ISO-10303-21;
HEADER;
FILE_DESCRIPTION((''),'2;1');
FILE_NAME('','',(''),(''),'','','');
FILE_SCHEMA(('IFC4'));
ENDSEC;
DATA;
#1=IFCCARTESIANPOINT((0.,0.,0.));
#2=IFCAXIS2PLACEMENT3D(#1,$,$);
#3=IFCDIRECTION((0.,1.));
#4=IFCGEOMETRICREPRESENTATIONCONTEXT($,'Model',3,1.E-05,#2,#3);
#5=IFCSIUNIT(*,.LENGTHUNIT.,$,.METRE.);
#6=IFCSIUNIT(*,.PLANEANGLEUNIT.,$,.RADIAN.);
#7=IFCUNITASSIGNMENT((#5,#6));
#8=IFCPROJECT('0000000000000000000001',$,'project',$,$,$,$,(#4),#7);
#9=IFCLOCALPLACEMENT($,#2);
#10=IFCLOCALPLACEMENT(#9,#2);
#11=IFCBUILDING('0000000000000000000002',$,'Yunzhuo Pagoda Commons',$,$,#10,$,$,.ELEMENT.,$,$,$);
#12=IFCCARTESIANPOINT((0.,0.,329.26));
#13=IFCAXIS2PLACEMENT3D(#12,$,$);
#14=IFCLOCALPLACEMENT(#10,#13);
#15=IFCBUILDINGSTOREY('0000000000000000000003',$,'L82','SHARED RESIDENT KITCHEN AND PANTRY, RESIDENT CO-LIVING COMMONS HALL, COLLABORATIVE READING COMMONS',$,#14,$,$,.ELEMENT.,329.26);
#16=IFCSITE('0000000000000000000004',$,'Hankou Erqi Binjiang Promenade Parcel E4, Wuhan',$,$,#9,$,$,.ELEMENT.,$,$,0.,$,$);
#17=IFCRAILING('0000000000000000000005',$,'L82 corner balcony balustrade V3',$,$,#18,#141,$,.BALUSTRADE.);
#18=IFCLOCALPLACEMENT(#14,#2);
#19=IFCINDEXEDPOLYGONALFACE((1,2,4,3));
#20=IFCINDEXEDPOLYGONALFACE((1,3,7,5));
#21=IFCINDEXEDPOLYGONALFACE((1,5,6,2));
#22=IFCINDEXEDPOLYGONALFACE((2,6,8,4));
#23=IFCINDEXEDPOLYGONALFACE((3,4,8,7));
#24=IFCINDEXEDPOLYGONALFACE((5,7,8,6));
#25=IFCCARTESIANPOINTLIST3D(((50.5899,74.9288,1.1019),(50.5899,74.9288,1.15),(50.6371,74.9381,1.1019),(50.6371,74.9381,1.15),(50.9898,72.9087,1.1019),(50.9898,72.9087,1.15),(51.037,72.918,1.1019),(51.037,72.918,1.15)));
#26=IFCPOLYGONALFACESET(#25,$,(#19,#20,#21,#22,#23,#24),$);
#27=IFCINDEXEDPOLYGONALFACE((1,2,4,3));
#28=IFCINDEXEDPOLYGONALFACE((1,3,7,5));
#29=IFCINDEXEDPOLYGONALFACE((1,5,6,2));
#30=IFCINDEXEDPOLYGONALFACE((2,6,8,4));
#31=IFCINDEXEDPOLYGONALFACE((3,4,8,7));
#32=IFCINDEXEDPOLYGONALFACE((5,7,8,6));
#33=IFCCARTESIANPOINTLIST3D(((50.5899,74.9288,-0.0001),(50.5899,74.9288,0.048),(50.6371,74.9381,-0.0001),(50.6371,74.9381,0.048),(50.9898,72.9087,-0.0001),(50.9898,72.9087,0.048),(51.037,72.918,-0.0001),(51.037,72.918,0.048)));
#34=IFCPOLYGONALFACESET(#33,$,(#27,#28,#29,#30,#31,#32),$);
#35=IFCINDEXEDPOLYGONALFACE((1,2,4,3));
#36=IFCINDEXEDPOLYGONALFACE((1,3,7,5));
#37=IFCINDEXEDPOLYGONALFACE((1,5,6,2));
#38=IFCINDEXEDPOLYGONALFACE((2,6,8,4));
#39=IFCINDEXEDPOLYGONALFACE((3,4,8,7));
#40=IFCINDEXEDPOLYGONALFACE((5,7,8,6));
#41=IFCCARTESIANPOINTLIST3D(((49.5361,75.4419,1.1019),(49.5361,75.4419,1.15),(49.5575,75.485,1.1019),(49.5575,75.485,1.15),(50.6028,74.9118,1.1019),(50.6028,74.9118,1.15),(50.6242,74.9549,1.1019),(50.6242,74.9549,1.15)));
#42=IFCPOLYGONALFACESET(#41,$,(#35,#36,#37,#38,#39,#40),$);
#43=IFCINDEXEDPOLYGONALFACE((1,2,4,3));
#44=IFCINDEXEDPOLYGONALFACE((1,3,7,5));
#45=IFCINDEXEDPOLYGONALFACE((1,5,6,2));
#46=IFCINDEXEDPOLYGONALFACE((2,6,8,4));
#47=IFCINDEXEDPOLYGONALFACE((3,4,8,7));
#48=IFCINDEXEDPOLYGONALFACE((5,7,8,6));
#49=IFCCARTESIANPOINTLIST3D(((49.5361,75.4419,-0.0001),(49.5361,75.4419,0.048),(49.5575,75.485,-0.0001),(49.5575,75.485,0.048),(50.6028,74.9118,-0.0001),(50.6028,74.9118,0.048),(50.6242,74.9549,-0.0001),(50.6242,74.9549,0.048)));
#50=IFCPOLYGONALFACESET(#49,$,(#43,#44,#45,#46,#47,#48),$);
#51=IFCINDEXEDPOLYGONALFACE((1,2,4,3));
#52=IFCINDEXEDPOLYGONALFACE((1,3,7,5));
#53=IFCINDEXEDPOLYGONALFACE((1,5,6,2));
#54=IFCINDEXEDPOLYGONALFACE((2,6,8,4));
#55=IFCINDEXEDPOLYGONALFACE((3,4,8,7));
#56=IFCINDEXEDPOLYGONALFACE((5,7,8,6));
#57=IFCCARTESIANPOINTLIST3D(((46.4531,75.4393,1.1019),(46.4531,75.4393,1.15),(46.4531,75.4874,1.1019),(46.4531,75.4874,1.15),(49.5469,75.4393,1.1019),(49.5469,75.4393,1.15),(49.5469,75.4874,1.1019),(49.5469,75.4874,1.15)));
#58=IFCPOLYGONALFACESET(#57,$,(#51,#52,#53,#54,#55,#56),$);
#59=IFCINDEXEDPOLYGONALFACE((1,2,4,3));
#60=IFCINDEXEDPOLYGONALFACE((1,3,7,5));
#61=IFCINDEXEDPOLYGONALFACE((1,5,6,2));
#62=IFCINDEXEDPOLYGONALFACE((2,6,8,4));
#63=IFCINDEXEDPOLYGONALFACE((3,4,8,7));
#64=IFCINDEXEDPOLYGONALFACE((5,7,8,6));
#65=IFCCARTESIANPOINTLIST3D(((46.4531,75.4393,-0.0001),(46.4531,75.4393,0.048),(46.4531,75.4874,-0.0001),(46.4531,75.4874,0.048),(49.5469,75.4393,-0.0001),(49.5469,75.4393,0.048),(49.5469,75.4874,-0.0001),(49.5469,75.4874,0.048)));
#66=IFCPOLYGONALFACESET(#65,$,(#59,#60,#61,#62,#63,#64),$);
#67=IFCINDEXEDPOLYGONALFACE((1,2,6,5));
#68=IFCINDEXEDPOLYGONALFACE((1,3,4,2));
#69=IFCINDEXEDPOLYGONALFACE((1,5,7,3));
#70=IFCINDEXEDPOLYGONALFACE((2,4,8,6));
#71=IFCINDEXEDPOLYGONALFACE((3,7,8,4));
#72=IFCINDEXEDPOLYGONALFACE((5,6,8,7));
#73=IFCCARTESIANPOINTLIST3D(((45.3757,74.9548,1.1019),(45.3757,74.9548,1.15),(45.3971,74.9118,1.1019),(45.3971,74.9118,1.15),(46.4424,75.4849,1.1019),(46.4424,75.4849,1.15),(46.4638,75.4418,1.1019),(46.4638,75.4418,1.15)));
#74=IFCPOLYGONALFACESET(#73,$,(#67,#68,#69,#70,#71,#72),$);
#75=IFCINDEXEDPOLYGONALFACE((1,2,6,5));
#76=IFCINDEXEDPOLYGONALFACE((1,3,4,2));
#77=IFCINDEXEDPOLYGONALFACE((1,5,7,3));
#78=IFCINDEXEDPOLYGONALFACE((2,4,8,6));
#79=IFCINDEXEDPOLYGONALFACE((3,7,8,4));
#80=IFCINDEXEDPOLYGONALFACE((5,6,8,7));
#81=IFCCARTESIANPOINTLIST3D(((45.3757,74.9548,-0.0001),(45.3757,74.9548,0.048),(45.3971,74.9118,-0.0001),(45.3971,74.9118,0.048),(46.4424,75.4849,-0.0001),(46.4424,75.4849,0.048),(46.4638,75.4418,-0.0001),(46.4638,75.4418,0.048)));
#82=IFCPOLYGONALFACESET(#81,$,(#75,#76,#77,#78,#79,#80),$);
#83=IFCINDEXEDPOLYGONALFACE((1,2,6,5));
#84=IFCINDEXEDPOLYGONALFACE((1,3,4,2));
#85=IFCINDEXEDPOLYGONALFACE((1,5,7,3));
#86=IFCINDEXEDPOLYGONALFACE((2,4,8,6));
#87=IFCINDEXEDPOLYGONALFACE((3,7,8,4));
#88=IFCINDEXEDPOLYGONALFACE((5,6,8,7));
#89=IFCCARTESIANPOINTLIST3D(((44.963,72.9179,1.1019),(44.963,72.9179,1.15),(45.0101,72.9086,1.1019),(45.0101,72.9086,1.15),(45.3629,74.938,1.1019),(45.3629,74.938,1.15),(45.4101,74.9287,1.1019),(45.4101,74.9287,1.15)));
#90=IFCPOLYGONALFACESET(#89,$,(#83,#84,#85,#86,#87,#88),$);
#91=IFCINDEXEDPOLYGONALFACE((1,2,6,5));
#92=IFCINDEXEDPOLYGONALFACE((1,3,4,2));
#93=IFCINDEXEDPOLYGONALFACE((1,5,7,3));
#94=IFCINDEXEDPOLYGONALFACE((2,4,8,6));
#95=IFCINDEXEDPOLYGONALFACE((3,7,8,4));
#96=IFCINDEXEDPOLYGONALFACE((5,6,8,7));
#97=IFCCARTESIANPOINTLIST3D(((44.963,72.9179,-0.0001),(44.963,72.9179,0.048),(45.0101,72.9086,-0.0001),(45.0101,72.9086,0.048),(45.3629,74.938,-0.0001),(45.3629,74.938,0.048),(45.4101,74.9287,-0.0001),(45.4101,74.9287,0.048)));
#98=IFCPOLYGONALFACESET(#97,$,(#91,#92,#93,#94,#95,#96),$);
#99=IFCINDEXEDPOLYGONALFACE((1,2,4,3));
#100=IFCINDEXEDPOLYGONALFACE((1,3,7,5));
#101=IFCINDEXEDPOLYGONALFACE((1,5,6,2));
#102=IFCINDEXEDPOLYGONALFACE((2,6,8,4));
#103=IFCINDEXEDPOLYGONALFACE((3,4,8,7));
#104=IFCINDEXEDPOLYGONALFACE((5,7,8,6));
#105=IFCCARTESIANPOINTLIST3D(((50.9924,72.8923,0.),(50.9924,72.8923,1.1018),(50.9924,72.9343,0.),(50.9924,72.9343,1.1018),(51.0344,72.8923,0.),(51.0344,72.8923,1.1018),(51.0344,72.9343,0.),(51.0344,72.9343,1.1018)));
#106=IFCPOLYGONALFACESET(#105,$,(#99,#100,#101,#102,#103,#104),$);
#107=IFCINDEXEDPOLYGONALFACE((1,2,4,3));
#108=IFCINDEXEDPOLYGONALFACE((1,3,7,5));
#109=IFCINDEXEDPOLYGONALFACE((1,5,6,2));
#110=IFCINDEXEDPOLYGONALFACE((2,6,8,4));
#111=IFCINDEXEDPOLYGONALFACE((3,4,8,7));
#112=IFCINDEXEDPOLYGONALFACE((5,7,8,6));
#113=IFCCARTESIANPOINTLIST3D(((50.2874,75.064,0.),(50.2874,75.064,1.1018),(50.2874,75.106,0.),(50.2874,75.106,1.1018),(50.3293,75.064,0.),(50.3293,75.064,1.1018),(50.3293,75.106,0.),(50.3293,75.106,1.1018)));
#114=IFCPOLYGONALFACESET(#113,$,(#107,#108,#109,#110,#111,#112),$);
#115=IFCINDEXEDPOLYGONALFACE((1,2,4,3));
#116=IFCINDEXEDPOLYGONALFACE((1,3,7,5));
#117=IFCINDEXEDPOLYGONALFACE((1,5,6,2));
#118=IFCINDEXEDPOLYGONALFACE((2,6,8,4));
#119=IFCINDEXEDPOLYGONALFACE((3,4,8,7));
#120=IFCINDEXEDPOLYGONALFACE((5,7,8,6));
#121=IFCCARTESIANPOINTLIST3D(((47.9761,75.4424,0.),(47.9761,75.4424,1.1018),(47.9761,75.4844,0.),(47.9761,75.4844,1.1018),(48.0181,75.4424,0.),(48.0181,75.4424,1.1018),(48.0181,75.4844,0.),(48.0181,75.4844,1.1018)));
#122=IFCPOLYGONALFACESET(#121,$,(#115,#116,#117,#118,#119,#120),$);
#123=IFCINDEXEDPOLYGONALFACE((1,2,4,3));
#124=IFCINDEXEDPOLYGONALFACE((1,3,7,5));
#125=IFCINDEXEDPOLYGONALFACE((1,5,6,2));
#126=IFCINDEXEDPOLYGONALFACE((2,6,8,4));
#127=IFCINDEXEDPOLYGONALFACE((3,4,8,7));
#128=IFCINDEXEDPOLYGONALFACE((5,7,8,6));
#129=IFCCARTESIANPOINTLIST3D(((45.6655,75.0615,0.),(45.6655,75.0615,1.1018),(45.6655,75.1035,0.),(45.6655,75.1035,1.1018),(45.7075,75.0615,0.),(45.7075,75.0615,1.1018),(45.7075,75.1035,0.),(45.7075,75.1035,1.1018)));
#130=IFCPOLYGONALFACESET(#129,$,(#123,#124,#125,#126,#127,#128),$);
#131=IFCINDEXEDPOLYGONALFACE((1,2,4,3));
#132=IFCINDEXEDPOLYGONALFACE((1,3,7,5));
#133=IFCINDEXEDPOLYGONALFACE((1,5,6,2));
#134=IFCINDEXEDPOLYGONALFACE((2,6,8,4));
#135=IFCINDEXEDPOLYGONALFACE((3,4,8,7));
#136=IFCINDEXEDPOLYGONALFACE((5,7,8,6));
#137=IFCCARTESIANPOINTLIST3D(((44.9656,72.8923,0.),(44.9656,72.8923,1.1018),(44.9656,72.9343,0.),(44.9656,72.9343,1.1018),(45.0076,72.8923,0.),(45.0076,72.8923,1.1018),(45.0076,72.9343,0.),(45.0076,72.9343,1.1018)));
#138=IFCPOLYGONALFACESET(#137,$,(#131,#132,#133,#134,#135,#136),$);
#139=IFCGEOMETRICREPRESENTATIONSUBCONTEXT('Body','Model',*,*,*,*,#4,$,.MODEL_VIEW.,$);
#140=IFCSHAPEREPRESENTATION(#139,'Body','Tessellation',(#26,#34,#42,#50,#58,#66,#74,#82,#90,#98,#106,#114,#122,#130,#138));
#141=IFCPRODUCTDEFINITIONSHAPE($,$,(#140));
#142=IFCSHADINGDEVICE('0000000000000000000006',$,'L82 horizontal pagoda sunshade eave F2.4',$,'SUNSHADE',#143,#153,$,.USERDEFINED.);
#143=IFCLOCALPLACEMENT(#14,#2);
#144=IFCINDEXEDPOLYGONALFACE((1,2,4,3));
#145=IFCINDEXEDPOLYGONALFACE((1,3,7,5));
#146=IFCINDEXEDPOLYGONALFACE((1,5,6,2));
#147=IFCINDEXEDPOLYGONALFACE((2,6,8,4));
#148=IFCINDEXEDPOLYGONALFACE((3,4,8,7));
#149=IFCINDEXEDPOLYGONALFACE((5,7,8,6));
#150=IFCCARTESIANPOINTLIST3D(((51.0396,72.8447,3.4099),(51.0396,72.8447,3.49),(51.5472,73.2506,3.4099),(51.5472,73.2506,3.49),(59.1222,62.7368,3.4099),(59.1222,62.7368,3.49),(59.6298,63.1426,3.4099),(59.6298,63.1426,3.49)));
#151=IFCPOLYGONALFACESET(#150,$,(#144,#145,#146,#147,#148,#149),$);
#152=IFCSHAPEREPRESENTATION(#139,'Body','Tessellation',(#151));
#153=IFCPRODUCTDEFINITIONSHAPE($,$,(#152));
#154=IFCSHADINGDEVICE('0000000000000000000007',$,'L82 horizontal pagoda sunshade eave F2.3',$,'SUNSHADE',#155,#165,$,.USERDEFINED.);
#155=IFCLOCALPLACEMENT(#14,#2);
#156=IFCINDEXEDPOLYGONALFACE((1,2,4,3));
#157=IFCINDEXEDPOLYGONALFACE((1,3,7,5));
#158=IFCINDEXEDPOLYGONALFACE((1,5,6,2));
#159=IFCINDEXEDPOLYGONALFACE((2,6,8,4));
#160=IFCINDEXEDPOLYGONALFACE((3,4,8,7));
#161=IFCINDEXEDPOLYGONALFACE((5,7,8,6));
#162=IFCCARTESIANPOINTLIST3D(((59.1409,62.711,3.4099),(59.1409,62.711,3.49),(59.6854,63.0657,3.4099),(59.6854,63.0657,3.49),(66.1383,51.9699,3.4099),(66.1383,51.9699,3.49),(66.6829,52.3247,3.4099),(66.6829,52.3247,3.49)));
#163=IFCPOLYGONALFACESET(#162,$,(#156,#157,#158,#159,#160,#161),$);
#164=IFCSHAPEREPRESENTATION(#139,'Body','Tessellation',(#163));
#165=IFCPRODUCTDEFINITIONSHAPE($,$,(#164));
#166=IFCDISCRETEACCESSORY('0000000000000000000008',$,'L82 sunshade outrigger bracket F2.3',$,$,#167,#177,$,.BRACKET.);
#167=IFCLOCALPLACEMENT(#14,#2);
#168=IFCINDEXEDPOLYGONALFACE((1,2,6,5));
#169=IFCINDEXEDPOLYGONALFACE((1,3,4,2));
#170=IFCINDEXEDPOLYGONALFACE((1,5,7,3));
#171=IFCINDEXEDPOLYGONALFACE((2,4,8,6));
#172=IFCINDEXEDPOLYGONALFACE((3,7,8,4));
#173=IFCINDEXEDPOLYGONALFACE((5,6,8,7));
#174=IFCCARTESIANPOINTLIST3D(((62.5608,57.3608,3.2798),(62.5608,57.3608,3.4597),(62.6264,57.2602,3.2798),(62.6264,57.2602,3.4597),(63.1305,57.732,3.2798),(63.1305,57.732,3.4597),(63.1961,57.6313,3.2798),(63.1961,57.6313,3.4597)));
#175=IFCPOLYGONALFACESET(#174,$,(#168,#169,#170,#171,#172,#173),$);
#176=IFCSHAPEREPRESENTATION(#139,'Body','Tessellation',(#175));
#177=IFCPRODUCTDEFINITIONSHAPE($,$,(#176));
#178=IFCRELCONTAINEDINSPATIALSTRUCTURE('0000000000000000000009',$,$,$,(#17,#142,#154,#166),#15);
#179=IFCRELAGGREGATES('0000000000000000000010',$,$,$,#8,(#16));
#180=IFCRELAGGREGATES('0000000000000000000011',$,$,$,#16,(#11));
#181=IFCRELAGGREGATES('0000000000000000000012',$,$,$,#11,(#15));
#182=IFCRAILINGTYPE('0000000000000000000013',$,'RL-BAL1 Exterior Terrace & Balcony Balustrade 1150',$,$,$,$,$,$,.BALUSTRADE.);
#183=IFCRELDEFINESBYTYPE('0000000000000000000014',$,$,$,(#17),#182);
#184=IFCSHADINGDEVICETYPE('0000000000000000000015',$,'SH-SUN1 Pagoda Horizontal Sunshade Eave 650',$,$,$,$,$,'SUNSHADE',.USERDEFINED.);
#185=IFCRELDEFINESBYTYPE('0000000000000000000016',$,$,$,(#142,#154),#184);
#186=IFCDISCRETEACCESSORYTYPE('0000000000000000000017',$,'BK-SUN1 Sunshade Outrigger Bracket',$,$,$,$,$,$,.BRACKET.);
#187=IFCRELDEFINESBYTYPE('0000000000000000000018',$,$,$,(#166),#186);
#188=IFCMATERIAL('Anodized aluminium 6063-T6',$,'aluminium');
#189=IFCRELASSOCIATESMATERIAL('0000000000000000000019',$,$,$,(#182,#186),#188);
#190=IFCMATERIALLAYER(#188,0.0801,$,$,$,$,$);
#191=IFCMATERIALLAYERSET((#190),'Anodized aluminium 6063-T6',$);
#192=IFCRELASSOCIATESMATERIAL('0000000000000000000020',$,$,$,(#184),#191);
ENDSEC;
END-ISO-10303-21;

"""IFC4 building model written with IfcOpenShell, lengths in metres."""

from ifc_helpers import new_model, si_unit, direction, frame, origin, origin_2d, place, context, subcontext, project, spatial, rectangle, extrude, source, transform, mapped, material, layer, layer_set, type_object, element, save


model = new_model("IFC4")

# Units and contexts
model_context = context("Model", 3, precision=1e-05, world=origin(), true_north=direction((0.0, 1.0)))
body_context = subcontext(model_context, "Body", "Model", "MODEL_VIEW")
ifc_project = project(units=[si_unit("LENGTHUNIT", "METRE"), si_unit("PLANEANGLEUNIT", "RADIAN")], contexts=[model_context])

# Site, building, storey
site_placement = place(None, origin())
site = spatial("IfcSite", under=ifc_project, at=site_placement, Name="Hankou Erqi Binjiang Promenade Parcel E4, Wuhan", CompositionType="ELEMENT", RefElevation=0.0)
building_placement = place(site_placement, origin())
building = spatial("IfcBuilding", under=site, at=building_placement, Name="Yunzhuo Pagoda Commons", CompositionType="ELEMENT")
storey_placement = place(building_placement, frame((0.0, 0.0, 329.26)))
storey = spatial("IfcBuildingStorey", under=building, at=storey_placement, Name="L82", Description="SHARED RESIDENT KITCHEN AND PANTRY, RESIDENT CO-LIVING COMMONS HALL, COLLABORATIVE READING COMMONS", CompositionType="ELEMENT", Elevation=329.26)

# Shared definitions
ifc_material_1 = material(Name="Anodized aluminium 6063-T6", Category="aluminium")

# Railing
railing_type = type_object("IfcRailingType", Name="RL-BAL1 Exterior Terrace & Balcony Balustrade 1150", PredefinedType="BALUSTRADE", material=ifc_material_1)
railing_placement = place(storey_placement, frame((51.0134, 72.9133, 0.0)))
element("IfcRailing", 1, at=railing_placement, inside=storey, type_object=railing_type, Name="L82 corner balcony balustrade V3", PredefinedType="BALUSTRADE", context=body_context, shape_type="SweptSolid", body=[
    extrude(rectangle(XDim=0.0481, YDim=0.0481, at=origin_2d()), frame((0.0, 0.0, 1.126), z_axis=(-0.194201, 0.980962, 0.0), x_axis=(-0.980962, -0.194201, 0.0)), (0.0, 0.0, 1.0), 2.0593),
    extrude(rectangle(XDim=0.0481, YDim=0.0481, at=origin_2d()), frame((0.0, 0.0, 0.0239), z_axis=(-0.194201, 0.980962, 0.0), x_axis=(-0.980962, -0.194201, 0.0)), (0.0, 0.0, 1.0), 2.0593),
    extrude(rectangle(XDim=0.0481, YDim=0.0481, at=origin_2d()), frame((-0.3999, 2.02, 1.126), z_axis=(-0.895531, 0.444999, 0.0), x_axis=(-0.444999, -0.895531, 0.0)), (0.0, 0.0, 1.0), 1.1912),
    extrude(rectangle(XDim=0.0481, YDim=0.0481, at=origin_2d()), frame((-0.3999, 2.02, 0.0239), z_axis=(-0.895531, 0.444999, 0.0), x_axis=(-0.444999, -0.895531, 0.0)), (0.0, 0.0, 1.0), 1.1912),
    extrude(rectangle(XDim=0.0481, YDim=0.0481, at=origin_2d()), frame((-1.4666, 2.55, 1.126), z_axis=(-1.0, 0.0, 0.0), x_axis=(0.0, -1.0, 0.0)), (0.0, 0.0, 1.0), 3.0938),
    extrude(rectangle(XDim=0.0481, YDim=0.0481, at=origin_2d()), frame((-1.4666, 2.55, 0.0239), z_axis=(-1.0, 0.0, 0.0), x_axis=(0.0, -1.0, 0.0)), (0.0, 0.0, 1.0), 3.0938),
    extrude(rectangle(XDim=0.0481, YDim=0.0481, at=origin_2d()), frame((-4.5603, 2.55, 1.126), z_axis=(-0.895531, -0.444999, 0.0), x_axis=(0.444999, -0.895531, 0.0)), (0.0, 0.0, 1.0), 1.1912),
    extrude(rectangle(XDim=0.0481, YDim=0.0481, at=origin_2d()), frame((-4.5603, 2.55, 0.0239), z_axis=(-0.895531, -0.444999, 0.0), x_axis=(0.444999, -0.895531, 0.0)), (0.0, 0.0, 1.0), 1.1912),
    extrude(rectangle(XDim=0.0481, YDim=0.0481, at=origin_2d()), frame((-5.627, 2.02, 1.126), z_axis=(-0.194201, -0.980962, 0.0), x_axis=(0.980962, -0.194201, 0.0)), (0.0, 0.0, 1.0), 2.0593),
    extrude(rectangle(XDim=0.0481, YDim=0.0481, at=origin_2d()), frame((-5.627, 2.02, 0.0239), z_axis=(-0.194201, -0.980962, 0.0), x_axis=(0.980962, -0.194201, 0.0)), (0.0, 0.0, 1.0), 2.0593),
    extrude(rectangle(XDim=0.042, YDim=0.042, at=origin_2d()), origin(), (0.0, 0.0, 1.0), 1.1018),
    extrude(rectangle(XDim=0.042, YDim=0.042, at=origin_2d()), frame((-0.7051, 2.1716, 0.0)), (0.0, 0.0, 1.0), 1.1018),
    extrude(rectangle(XDim=0.042, YDim=0.042, at=origin_2d()), frame((-3.0164, 2.55, 0.0)), (0.0, 0.0, 1.0), 1.1018),
    extrude(rectangle(XDim=0.042, YDim=0.042, at=origin_2d()), frame((-5.3269, 2.1692, 0.0)), (0.0, 0.0, 1.0), 1.1018),
    extrude(rectangle(XDim=0.042, YDim=0.042, at=origin_2d()), frame((-6.0269, 0.0, 0.0)), (0.0, 0.0, 1.0), 1.1018),
])

# Shading devices
ifc_layer_1 = layer(ifc_material_1, 0.0801)
ifc_layer_set_1 = layer_set([ifc_layer_1], Name="Anodized aluminium 6063-T6")
shading_device_type = type_object("IfcShadingDeviceType", Name="SH-SUN1 Pagoda Horizontal Sunshade Eave 650", ElementType="SUNSHADE", PredefinedType="USERDEFINED", material=ifc_layer_set_1)
shared_shape_1 = source(origin(), body_context, "Body", "SweptSolid", [
    extrude(rectangle(XDim=12.9421, YDim=0.6499, at=origin_2d()), origin(), (0.0, 0.0, 1.0), 0.0801),
])
shading_device_1_placement = place(storey_placement, frame((55.3347, 67.9937, 3.4099), z_axis=(0.0, 0.0, 1.0), x_axis=(-0.62452, 0.781008, 0.0)))
element("IfcShadingDevice", 2, at=shading_device_1_placement, inside=storey, type_object=shading_device_type, Name="L82 horizontal pagoda sunshade eave F2.4", ObjectType="SUNSHADE", PredefinedType="USERDEFINED", context=body_context, shape_type="MappedRepresentation", body=[
    mapped(shared_shape_1, transform((0.0, 0.0, 0.0), scale=1.0)),
])
shared_shape_2 = source(origin(), body_context, "Body", "SweptSolid", [
    extrude(rectangle(XDim=12.8193, YDim=0.6499, at=origin_2d()), origin(), (0.0, 0.0, 1.0), 0.0801),
])
shading_device_2_placement = place(storey_placement, frame((62.9119, 57.5178, 3.4099), z_axis=(0.0, 0.0, 1.0), x_axis=(-0.545853, 0.837881, 0.0)))
element("IfcShadingDevice", 3, at=shading_device_2_placement, inside=storey, type_object=shading_device_type, Name="L82 horizontal pagoda sunshade eave F2.3", ObjectType="SUNSHADE", PredefinedType="USERDEFINED", context=body_context, shape_type="MappedRepresentation", body=[
    mapped(shared_shape_2, transform((0.0, 0.0, 0.0), scale=1.0)),
])

# Discrete accessory
discrete_accessory_type = type_object("IfcDiscreteAccessoryType", Name="BK-SUN1 Sunshade Outrigger Bracket", PredefinedType="BRACKET", material=ifc_material_1)
shared_shape_3 = source(origin(), body_context, "Body", "SweptSolid", [
    extrude(rectangle(XDim=0.1201, YDim=0.6799, at=origin_2d()), origin(), (0.0, 0.0, 1.0), 0.1799),
])
discrete_accessory_placement = place(storey_placement, frame((62.8784, 57.4961, 3.2798), z_axis=(0.0, 0.0, 1.0), x_axis=(-0.545853, 0.837881, 0.0)))
element("IfcDiscreteAccessory", 4, at=discrete_accessory_placement, inside=storey, type_object=discrete_accessory_type, Name="L82 sunshade outrigger bracket F2.3", PredefinedType="BRACKET", context=body_context, shape_type="MappedRepresentation", body=[
    mapped(shared_shape_3, transform((0.0, 0.0, 0.0), scale=1.0)),
])

save(model, "model.ifc")
